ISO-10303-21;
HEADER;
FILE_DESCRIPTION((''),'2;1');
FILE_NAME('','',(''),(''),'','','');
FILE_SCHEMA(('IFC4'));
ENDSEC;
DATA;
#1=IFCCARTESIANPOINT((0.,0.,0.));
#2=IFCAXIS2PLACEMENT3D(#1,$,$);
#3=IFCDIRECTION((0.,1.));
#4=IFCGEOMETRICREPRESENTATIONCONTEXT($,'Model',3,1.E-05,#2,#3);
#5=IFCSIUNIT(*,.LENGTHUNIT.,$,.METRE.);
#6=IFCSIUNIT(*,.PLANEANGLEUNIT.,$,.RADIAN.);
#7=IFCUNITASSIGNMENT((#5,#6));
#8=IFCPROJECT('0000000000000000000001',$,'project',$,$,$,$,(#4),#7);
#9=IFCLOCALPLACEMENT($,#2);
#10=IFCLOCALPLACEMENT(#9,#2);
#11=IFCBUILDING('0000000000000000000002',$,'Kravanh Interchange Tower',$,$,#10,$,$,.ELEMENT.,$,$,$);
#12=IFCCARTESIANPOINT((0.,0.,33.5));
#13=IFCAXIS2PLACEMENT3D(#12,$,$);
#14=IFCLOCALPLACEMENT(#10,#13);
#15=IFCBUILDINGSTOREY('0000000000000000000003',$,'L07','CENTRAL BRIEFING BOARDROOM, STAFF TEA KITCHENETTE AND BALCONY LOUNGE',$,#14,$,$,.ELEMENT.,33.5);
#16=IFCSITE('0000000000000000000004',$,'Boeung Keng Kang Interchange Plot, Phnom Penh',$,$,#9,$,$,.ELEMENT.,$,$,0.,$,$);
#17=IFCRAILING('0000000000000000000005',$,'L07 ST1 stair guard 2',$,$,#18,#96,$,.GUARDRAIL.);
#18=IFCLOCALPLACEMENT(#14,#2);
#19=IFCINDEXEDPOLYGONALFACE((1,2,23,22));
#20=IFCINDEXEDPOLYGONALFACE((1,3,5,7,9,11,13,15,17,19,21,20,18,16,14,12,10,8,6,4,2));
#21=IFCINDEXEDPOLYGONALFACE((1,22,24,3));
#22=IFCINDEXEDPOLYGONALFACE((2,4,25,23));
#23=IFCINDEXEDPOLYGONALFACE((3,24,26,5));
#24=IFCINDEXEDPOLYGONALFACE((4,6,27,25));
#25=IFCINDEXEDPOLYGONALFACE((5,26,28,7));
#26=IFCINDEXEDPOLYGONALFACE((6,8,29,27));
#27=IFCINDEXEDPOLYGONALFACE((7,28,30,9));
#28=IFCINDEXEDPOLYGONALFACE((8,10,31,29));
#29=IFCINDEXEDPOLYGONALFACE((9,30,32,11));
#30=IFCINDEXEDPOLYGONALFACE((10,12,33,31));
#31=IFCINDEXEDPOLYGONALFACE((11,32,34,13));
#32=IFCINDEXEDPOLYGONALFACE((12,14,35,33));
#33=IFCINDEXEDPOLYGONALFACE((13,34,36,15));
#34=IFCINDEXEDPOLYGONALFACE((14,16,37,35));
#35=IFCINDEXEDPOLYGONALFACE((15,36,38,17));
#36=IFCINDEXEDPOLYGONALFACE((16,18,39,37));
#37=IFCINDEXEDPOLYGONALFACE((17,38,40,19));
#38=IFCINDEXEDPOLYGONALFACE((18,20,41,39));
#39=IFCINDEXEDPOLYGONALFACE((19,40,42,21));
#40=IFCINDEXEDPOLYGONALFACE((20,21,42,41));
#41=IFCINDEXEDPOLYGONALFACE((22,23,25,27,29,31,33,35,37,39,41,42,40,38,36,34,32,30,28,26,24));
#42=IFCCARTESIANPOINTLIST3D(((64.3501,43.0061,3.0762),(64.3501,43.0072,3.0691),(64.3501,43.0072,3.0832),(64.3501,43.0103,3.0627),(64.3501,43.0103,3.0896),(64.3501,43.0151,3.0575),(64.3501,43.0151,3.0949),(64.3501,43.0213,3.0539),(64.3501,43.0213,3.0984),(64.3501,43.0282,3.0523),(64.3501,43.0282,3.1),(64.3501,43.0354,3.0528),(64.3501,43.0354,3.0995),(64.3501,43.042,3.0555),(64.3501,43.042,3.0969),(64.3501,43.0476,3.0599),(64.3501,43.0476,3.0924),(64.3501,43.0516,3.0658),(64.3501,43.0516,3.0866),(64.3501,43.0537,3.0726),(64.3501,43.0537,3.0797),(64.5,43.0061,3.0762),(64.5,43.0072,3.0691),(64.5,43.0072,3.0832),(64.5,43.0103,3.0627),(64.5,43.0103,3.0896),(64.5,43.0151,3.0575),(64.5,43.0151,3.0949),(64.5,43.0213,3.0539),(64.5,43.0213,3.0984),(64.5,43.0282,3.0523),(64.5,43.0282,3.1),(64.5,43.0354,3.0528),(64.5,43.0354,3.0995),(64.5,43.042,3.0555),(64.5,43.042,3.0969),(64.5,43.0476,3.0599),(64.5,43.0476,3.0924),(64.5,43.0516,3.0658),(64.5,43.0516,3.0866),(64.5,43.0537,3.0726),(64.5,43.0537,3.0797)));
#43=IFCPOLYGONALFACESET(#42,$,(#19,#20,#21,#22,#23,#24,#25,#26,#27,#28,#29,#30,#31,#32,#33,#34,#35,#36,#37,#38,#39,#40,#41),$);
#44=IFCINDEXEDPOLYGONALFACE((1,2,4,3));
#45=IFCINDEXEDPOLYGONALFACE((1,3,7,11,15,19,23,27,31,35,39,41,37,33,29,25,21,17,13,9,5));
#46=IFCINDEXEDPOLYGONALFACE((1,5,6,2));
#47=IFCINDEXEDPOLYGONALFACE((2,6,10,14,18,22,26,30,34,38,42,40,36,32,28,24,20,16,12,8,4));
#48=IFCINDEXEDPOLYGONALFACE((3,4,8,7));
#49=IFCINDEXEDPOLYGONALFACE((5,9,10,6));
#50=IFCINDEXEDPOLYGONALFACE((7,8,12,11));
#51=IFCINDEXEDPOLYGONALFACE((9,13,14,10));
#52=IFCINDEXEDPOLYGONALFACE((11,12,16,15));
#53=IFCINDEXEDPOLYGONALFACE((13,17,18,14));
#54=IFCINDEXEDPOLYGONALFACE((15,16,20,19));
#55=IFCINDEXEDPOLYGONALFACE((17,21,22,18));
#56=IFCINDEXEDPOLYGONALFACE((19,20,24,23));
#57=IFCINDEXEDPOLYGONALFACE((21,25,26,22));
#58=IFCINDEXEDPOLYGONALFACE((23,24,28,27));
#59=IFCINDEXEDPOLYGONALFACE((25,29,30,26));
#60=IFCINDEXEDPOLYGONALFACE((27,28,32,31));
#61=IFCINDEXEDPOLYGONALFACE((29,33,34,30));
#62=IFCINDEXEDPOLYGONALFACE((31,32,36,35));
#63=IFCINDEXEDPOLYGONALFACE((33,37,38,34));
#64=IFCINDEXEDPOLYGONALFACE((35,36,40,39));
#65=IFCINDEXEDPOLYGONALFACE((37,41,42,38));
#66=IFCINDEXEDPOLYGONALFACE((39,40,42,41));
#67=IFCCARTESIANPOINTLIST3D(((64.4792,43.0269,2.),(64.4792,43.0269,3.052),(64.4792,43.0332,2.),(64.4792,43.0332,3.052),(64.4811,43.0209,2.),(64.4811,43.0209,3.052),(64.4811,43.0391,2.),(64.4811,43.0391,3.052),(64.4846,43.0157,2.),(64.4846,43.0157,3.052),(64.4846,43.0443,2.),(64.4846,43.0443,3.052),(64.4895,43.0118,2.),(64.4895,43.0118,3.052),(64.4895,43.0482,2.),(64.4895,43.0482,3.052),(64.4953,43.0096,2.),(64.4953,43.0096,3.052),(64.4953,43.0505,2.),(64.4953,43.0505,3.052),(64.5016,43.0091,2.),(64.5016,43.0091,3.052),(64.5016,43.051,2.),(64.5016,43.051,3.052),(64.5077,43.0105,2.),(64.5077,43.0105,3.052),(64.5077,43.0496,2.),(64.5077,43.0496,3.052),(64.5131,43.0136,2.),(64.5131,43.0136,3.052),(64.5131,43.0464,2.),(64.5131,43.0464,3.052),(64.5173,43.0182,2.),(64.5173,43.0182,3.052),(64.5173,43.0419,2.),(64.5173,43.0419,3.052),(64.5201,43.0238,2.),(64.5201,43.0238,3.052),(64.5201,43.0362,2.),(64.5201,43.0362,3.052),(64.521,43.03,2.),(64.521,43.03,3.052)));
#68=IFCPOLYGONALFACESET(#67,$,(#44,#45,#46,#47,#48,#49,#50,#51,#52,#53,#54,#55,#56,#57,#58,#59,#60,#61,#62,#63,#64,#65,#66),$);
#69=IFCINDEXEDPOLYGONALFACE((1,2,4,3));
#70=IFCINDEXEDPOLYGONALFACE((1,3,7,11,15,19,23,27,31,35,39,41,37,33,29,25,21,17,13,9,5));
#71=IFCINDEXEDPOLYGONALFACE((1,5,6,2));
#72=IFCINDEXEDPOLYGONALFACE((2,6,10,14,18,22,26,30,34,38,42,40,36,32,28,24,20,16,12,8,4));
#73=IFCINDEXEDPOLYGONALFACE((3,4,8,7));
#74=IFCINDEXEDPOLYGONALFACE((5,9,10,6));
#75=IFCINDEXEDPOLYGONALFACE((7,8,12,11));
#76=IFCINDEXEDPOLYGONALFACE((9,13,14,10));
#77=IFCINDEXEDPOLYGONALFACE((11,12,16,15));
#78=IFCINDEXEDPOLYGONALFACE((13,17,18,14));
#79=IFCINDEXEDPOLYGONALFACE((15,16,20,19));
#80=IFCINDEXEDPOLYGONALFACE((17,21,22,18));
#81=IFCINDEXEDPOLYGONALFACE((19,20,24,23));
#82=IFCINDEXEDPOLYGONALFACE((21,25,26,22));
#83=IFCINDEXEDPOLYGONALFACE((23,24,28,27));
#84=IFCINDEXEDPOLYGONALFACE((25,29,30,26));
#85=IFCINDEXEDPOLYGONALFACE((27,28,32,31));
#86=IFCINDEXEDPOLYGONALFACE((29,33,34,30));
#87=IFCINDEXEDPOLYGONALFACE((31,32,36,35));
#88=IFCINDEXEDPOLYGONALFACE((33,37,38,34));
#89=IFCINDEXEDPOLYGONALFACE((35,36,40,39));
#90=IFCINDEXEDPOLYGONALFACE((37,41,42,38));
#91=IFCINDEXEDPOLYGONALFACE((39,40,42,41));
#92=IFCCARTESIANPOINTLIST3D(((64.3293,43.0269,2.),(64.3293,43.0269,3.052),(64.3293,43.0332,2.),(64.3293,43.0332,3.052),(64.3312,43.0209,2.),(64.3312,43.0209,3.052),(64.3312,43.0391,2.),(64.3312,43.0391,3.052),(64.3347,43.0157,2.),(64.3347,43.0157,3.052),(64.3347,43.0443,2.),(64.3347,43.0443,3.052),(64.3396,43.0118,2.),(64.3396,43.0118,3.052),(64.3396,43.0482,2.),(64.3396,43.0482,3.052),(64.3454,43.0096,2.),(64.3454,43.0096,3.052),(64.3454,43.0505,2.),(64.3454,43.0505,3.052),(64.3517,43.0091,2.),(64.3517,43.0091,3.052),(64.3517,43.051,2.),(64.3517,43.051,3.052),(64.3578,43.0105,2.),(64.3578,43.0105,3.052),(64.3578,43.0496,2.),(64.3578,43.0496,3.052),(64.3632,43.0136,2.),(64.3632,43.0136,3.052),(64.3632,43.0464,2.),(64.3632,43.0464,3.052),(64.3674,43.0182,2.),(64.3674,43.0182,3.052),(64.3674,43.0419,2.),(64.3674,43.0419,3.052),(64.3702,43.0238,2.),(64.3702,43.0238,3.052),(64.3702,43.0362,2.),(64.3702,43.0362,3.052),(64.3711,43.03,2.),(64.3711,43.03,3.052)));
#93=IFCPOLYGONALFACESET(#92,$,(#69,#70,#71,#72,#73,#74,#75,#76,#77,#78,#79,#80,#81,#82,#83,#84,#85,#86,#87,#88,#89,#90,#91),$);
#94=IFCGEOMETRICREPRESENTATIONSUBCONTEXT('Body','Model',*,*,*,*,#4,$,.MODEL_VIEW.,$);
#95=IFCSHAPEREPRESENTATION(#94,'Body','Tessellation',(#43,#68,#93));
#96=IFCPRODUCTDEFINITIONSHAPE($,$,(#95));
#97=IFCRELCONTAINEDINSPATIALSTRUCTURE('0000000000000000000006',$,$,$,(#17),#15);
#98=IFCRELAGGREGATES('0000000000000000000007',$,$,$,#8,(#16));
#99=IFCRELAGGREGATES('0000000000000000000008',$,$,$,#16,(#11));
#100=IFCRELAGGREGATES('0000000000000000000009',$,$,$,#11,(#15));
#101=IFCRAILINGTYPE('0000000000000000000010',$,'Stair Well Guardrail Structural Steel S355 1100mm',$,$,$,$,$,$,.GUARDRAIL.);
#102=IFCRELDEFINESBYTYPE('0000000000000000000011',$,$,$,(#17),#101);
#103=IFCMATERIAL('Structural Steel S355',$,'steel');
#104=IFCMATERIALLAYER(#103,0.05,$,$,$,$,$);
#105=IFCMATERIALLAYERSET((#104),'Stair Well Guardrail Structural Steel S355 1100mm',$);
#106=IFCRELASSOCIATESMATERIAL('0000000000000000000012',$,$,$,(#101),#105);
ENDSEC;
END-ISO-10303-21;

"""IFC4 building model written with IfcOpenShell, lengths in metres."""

from ifc_helpers import new_model, si_unit, direction, frame, origin, origin_2d, place, context, subcontext, project, spatial, circle, extrude, material, layer, layer_set, type_object, element, save


model = new_model("IFC4")

# Units and contexts
model_context = context("Model", 3, precision=1e-05, world=origin(), true_north=direction((0.0, 1.0)))
body_context = subcontext(model_context, "Body", "Model", "MODEL_VIEW")
ifc_project = project(units=[si_unit("LENGTHUNIT", "METRE"), si_unit("PLANEANGLEUNIT", "RADIAN")], contexts=[model_context])

# Site, building, storey
site_placement = place(None, origin())
site = spatial("IfcSite", under=ifc_project, at=site_placement, Name="Boeung Keng Kang Interchange Plot, Phnom Penh", CompositionType="ELEMENT", RefElevation=0.0)
building_placement = place(site_placement, origin())
building = spatial("IfcBuilding", under=site, at=building_placement, Name="Kravanh Interchange Tower", CompositionType="ELEMENT")
storey_placement = place(building_placement, frame((0.0, 0.0, 33.5)))
storey = spatial("IfcBuildingStorey", under=building, at=storey_placement, Name="L07", Description="CENTRAL BRIEFING BOARDROOM, STAFF TEA KITCHENETTE AND BALCONY LOUNGE", CompositionType="ELEMENT", Elevation=33.5)

# Railing
ifc_material_1 = material(Name="Structural Steel S355", Category="steel")
ifc_layer_1 = layer(ifc_material_1, 0.05)
ifc_layer_set_1 = layer_set([ifc_layer_1], Name="Stair Well Guardrail Structural Steel S355 1100mm")
railing_type_1 = type_object("IfcRailingType", Name="Stair Well Guardrail Structural Steel S355 1100mm", PredefinedType="GUARDRAIL", material=ifc_layer_set_1)
railing_1_placement = place(storey_placement, frame((64.5, 43.03, 2.0)))
element("IfcRailing", 1, at=railing_1_placement, inside=storey, type_object=railing_type_1, Name="L07 ST1 stair guard 2", PredefinedType="GUARDRAIL", context=body_context, shape_type="SweptSolid", body=[
    extrude(circle(Radius=0.0239, at=origin_2d()), frame((0.0, 0.0, 1.0762), z_axis=(-1.0, 0.0, 0.0), x_axis=(0.0, -1.0, 0.0)), (0.0, 0.0, 1.0), 0.1499),
    extrude(circle(Radius=0.021, at=origin_2d()), origin(), (0.0, 0.0, 1.0), 1.052),
    extrude(circle(Radius=0.021, at=origin_2d()), frame((-0.1499, 0.0, 0.0)), (0.0, 0.0, 1.0), 1.052),
])

save(model, "model.ifc")
